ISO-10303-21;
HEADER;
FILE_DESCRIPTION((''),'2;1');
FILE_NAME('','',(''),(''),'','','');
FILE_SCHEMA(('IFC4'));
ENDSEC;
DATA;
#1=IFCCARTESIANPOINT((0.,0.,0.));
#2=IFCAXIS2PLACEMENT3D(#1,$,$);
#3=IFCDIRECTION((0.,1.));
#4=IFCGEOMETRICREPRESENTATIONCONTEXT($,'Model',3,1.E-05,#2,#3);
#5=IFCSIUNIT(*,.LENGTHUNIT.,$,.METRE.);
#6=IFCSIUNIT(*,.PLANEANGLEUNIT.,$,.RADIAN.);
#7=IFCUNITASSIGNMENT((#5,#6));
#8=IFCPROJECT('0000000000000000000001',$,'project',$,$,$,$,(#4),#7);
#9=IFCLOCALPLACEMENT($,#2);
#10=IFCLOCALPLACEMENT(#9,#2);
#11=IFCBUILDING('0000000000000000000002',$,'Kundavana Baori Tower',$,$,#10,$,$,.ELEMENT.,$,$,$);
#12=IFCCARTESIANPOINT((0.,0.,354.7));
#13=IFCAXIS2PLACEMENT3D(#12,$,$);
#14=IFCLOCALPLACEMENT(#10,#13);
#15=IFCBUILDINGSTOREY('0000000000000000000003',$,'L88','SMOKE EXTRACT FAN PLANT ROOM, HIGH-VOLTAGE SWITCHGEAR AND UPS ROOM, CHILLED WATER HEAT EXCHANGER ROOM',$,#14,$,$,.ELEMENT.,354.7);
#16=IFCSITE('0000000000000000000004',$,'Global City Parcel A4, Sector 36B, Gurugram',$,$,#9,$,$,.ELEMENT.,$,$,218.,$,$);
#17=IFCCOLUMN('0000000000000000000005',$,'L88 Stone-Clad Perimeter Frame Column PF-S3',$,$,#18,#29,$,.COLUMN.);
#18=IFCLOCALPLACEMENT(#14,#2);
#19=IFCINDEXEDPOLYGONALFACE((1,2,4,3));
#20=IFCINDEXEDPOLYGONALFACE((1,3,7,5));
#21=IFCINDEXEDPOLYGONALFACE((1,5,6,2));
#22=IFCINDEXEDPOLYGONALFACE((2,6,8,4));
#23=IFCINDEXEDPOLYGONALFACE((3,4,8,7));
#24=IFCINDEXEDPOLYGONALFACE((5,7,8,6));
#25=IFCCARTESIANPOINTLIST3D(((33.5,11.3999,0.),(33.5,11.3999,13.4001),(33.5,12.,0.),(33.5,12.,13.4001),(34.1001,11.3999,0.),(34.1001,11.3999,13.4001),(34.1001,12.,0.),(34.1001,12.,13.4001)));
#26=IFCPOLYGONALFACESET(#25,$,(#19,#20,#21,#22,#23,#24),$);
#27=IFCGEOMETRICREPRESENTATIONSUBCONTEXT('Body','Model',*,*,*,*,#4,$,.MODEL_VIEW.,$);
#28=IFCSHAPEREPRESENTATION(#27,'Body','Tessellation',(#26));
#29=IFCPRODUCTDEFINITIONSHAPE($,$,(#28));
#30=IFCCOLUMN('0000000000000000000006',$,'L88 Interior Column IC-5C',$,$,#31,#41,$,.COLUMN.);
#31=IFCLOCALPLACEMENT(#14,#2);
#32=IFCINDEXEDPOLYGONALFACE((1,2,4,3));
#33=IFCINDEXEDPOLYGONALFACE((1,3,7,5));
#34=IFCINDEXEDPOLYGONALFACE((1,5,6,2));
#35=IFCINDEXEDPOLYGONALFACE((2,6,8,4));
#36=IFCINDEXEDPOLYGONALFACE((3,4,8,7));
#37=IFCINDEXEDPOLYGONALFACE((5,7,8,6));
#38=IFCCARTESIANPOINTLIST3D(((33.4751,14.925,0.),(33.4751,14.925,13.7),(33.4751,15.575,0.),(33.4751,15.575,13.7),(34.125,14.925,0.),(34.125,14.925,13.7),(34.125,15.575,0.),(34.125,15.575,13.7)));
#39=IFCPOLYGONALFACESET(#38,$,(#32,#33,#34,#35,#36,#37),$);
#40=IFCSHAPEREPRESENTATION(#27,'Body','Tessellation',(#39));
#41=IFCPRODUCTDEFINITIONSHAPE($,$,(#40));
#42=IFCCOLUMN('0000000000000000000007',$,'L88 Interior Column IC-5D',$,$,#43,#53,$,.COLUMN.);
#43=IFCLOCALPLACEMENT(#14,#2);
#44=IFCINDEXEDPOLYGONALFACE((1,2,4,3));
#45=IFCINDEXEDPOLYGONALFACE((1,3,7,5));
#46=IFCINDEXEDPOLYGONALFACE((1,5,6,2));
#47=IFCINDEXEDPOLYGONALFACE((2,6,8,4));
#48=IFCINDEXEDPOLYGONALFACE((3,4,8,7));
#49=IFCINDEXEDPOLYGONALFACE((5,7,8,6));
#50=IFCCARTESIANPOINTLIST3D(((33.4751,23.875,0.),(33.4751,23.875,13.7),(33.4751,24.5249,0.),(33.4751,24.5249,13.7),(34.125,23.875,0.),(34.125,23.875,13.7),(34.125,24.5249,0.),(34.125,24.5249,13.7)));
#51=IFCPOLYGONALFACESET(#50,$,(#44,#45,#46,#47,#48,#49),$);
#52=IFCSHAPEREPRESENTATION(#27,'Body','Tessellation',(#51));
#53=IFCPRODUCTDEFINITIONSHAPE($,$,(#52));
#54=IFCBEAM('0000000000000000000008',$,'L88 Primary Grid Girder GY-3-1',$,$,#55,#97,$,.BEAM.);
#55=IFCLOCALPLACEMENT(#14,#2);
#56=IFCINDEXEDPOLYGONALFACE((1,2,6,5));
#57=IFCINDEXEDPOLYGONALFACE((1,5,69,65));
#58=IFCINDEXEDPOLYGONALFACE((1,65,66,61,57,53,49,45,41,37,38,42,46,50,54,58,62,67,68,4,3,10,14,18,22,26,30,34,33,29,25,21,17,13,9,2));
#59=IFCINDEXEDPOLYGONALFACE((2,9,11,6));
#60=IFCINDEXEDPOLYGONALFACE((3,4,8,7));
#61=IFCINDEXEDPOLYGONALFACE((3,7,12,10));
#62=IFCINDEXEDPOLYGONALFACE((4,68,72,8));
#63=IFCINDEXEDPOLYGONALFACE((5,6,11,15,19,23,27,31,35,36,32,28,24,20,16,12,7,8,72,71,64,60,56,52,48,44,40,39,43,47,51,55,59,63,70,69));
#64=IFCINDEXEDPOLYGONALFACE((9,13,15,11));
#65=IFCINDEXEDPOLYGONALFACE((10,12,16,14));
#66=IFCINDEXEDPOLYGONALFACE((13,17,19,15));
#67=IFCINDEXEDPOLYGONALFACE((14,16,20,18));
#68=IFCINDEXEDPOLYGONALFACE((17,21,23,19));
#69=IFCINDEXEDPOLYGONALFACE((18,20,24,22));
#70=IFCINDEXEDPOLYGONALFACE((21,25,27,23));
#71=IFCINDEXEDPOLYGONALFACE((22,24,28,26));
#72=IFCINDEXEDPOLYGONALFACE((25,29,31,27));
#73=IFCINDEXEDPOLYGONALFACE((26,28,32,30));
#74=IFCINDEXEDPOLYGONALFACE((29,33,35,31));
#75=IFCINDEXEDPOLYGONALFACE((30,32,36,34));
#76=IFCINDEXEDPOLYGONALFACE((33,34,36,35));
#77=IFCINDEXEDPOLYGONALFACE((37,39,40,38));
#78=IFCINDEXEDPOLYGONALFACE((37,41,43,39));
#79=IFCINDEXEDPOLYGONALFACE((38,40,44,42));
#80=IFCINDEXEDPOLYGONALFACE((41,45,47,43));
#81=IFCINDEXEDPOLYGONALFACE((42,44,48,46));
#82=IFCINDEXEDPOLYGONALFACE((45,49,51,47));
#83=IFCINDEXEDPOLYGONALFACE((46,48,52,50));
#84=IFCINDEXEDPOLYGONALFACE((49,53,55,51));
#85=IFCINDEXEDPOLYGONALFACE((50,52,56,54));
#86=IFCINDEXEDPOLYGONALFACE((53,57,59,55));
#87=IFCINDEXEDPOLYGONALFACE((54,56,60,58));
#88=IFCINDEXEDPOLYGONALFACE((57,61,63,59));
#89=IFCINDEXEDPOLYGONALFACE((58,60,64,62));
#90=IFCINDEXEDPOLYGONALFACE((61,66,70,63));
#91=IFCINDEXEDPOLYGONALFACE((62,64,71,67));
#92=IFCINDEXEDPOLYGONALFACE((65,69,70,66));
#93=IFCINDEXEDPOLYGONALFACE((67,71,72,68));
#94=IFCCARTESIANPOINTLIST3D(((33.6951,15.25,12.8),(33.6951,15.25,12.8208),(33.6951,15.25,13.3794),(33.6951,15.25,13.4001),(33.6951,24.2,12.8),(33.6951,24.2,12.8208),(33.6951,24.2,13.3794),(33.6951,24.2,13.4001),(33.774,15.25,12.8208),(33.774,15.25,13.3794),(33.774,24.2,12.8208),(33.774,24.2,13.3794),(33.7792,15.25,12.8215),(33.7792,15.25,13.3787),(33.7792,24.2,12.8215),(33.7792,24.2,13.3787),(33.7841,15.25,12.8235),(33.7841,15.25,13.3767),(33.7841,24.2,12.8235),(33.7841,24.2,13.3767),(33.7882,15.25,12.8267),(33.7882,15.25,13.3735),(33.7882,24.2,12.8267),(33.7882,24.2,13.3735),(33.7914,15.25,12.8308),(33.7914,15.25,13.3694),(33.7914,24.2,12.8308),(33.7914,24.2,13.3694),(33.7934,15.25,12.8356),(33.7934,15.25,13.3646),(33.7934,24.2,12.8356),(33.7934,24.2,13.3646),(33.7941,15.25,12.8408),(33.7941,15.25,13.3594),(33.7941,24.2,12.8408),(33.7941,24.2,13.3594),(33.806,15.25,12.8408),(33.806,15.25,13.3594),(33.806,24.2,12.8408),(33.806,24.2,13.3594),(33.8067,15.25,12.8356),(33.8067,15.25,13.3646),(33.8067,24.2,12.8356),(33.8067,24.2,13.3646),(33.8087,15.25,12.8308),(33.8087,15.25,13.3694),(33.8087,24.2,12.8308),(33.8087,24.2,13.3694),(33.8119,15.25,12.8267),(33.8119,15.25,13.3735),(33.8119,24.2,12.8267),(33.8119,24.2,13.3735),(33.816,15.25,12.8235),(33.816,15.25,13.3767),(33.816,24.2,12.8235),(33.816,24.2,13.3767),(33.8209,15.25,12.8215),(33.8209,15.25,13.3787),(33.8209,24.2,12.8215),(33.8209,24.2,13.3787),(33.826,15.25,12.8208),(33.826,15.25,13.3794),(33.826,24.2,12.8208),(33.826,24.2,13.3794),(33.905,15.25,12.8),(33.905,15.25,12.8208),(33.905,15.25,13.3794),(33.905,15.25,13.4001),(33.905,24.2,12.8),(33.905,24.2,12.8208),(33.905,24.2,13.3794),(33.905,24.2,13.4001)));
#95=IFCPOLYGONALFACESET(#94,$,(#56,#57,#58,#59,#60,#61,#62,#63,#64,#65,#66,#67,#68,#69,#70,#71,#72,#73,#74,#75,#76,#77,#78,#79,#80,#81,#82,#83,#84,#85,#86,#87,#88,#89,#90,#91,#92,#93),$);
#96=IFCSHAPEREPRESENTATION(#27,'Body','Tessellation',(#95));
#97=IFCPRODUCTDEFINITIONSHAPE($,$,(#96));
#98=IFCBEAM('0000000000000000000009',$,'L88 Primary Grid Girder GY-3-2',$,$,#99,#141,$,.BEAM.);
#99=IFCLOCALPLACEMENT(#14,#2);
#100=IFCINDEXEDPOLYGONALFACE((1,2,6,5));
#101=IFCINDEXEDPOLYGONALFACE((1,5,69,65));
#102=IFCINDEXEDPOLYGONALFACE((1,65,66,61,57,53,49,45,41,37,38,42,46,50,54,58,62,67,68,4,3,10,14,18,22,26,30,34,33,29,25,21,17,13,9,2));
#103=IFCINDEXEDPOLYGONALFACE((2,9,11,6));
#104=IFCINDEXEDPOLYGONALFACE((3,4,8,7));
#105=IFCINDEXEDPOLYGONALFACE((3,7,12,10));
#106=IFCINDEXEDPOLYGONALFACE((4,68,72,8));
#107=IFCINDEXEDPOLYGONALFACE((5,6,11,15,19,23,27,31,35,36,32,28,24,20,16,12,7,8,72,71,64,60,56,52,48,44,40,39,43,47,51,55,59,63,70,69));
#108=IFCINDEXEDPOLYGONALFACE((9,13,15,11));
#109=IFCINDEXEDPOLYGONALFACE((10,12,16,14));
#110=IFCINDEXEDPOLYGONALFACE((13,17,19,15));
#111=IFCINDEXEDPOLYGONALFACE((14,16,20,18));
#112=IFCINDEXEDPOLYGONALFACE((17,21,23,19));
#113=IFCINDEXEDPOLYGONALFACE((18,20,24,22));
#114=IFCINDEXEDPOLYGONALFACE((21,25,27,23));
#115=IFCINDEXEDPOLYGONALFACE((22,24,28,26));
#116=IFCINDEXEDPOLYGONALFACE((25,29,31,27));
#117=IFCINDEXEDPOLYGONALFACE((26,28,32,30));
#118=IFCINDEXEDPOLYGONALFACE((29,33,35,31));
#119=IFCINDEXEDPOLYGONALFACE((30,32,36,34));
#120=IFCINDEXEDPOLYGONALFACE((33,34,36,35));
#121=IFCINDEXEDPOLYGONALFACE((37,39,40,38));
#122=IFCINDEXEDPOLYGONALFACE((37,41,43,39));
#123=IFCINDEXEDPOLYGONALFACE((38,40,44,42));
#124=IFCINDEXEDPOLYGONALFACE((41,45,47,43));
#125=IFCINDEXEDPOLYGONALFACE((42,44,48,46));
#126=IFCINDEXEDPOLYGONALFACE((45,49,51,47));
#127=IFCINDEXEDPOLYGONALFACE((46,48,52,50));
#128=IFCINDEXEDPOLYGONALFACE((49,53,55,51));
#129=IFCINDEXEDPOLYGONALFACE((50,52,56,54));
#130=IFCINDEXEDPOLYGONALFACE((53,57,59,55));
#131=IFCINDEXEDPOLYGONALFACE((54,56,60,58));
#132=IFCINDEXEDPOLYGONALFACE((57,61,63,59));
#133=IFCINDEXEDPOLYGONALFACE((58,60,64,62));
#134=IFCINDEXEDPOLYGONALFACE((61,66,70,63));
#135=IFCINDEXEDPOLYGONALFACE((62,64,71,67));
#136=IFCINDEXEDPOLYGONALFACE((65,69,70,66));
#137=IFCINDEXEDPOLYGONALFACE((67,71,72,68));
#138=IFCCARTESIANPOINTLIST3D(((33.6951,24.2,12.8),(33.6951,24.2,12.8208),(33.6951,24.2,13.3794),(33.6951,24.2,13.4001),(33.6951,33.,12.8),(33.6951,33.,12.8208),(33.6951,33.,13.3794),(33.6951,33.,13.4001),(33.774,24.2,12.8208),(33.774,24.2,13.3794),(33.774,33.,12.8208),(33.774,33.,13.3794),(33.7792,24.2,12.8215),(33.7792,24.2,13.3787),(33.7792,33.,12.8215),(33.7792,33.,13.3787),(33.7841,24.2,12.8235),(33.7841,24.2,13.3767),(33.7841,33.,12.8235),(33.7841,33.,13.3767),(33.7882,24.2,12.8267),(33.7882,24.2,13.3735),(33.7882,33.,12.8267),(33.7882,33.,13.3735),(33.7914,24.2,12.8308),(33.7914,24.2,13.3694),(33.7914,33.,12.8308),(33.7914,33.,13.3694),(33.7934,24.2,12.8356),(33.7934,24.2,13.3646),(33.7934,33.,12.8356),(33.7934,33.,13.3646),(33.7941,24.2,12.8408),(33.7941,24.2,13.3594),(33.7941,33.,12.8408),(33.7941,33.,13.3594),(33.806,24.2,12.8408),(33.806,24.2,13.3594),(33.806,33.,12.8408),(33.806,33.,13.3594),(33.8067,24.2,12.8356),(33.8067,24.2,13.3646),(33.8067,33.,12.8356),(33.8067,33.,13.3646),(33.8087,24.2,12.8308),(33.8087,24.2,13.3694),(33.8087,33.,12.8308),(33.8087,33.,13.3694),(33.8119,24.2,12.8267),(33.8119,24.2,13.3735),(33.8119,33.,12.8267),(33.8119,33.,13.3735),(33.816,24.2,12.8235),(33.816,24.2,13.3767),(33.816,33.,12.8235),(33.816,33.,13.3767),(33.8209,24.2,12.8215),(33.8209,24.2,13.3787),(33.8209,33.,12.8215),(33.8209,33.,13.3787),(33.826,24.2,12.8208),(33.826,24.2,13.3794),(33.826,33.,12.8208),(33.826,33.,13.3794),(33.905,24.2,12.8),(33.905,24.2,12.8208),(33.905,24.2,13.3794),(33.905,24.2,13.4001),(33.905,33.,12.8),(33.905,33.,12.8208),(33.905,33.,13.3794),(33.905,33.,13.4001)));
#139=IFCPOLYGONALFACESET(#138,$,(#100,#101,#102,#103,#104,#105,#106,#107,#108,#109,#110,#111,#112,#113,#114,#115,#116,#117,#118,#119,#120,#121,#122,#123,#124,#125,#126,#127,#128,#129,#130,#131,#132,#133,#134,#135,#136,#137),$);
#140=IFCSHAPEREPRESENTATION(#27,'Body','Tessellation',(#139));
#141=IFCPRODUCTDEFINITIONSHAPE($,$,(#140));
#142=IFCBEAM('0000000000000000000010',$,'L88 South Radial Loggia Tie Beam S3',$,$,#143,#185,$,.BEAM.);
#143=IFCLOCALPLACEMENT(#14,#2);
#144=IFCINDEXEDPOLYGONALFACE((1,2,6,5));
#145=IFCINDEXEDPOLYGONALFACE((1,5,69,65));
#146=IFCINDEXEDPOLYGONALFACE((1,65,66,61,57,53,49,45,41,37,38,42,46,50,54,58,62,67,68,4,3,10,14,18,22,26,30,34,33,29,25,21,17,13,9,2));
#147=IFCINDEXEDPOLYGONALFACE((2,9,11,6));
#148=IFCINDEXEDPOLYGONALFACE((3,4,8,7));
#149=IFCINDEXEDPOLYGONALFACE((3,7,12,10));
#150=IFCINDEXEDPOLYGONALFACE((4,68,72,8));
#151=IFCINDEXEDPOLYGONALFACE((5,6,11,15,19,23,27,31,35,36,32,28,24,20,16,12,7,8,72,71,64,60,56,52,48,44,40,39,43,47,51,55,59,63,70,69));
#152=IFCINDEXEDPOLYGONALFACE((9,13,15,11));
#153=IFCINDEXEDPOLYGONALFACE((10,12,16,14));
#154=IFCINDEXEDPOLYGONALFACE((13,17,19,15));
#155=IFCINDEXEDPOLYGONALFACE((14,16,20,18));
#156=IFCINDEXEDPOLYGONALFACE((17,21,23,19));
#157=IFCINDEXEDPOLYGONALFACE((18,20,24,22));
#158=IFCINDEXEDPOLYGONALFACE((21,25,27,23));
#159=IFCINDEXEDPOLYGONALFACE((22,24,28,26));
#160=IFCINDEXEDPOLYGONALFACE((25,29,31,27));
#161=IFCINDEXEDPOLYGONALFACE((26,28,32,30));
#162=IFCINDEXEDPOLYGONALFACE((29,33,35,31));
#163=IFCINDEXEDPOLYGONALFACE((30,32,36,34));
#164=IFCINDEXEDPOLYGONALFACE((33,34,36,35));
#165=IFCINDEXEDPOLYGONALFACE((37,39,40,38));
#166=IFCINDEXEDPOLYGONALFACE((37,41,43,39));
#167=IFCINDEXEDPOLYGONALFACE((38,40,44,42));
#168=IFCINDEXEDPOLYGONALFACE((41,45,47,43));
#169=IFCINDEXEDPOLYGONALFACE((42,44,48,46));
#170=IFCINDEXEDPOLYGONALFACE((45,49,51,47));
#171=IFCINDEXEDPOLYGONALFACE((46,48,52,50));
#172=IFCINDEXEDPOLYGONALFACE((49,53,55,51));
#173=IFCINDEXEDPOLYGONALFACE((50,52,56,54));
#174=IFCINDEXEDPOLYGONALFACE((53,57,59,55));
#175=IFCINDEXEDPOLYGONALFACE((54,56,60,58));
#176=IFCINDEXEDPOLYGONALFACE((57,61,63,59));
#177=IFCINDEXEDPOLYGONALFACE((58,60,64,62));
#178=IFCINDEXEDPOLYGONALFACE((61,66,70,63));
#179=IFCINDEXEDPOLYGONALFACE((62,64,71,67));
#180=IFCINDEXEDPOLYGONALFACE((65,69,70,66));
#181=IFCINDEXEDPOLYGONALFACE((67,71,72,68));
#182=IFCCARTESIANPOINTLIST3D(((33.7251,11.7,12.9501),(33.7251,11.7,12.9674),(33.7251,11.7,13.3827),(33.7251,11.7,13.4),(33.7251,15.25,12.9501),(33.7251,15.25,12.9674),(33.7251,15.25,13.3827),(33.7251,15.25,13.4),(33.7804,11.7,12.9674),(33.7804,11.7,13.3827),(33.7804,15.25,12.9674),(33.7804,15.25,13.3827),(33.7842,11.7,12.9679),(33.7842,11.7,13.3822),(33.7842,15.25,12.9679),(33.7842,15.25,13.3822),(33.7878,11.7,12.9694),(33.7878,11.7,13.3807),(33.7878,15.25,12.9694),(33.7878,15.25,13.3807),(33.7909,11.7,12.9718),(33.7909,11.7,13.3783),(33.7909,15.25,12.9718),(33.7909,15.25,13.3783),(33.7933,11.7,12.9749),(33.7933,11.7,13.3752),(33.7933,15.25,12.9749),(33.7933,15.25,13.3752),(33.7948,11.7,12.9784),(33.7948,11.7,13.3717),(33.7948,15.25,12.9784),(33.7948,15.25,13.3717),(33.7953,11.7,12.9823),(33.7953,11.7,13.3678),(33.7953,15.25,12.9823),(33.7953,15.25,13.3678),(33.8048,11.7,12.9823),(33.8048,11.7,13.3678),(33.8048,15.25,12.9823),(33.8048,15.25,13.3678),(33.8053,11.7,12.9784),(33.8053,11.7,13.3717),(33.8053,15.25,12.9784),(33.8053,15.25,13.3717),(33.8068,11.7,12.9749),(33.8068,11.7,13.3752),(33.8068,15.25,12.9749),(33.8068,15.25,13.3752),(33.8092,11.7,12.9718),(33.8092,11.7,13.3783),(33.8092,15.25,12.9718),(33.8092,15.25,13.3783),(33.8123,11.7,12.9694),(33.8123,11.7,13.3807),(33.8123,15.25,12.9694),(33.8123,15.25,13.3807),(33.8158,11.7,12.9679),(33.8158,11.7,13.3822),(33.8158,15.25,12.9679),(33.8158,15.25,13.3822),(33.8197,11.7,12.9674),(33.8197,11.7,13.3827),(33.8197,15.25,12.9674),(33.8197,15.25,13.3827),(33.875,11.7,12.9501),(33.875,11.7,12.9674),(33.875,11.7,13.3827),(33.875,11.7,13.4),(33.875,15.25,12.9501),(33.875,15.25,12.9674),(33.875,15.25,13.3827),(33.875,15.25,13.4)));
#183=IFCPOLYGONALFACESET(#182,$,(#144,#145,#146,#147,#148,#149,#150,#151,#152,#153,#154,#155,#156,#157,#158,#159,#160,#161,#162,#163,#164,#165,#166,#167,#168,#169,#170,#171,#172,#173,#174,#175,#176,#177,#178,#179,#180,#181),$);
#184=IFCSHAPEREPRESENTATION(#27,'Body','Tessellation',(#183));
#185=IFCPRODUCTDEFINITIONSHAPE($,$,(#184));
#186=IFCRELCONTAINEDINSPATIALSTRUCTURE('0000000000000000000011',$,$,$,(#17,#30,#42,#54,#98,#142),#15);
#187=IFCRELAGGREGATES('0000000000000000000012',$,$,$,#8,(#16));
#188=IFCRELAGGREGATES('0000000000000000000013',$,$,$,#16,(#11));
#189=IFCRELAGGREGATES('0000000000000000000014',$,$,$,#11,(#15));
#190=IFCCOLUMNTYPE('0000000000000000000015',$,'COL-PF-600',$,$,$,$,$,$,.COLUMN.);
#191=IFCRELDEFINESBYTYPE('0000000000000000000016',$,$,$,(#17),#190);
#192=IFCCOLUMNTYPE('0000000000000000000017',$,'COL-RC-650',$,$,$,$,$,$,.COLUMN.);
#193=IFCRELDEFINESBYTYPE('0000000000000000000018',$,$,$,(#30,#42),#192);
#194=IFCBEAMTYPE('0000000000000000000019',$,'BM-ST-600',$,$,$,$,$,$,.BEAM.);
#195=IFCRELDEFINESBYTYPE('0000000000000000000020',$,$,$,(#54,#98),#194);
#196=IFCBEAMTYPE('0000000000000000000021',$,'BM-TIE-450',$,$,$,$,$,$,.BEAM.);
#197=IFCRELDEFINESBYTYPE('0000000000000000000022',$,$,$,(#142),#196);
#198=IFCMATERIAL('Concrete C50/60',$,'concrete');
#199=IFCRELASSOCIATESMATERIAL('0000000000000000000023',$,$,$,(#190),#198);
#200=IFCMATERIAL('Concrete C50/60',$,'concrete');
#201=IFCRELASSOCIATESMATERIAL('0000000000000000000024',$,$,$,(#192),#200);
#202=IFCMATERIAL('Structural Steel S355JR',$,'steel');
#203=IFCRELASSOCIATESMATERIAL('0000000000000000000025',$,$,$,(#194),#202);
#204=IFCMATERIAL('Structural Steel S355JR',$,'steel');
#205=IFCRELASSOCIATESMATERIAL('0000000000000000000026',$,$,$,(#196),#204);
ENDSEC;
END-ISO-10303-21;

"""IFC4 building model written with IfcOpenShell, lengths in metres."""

from ifc_helpers import new_model, si_unit, direction, frame, origin, origin_2d, place, context, subcontext, project, spatial, rectangle, i_section, extrude, material, material_profile, profile_set, type_object, element, save


model = new_model("IFC4")

# Units and contexts
model_context = context("Model", 3, precision=1e-05, world=origin(), true_north=direction((0.0, 1.0)))
body_context = subcontext(model_context, "Body", "Model", "MODEL_VIEW")
ifc_project = project(units=[si_unit("LENGTHUNIT", "METRE"), si_unit("PLANEANGLEUNIT", "RADIAN")], contexts=[model_context])

# Site, building, storey
site_placement = place(None, origin())
site = spatial("IfcSite", under=ifc_project, at=site_placement, Name="Global City Parcel A4, Sector 36B, Gurugram", CompositionType="ELEMENT", RefElevation=218.0)
building_placement = place(site_placement, origin())
building = spatial("IfcBuilding", under=site, at=building_placement, Name="Kundavana Baori Tower", CompositionType="ELEMENT")
storey_placement = place(building_placement, frame((0.0, 0.0, 354.7)))
storey = spatial("IfcBuildingStorey", under=building, at=storey_placement, Name="L88", Description="SMOKE EXTRACT FAN PLANT ROOM, HIGH-VOLTAGE SWITCHGEAR AND UPS ROOM, CHILLED WATER HEAT EXCHANGER ROOM", CompositionType="ELEMENT", Elevation=354.7)

# Columns
ifc_material_1 = material(Name="Concrete C50/60", Category="concrete")
ifc_material_profile_1 = material_profile(ifc_material_1, rectangle(XDim=0.6001, YDim=0.6001, at=origin_2d()), Name="RC PF 600x600")
ifc_profile_set_1 = profile_set([ifc_material_profile_1], Name="Concrete C50/60")
column_type_1 = type_object("IfcColumnType", Name="COL-PF-600", PredefinedType="COLUMN", material=ifc_profile_set_1)
column_placement = place(storey_placement, frame((33.8, 11.7, 0.0), z_axis=(0.0, 0.0, 1.0), x_axis=(1.0, 0.0, 0.0)))
element("IfcColumn", 1, at=column_placement, inside=storey, type_object=column_type_1, Name="L88 Stone-Clad Perimeter Frame Column PF-S3", PredefinedType="COLUMN", context=body_context, shape_type="SweptSolid", body=[
    extrude(rectangle(XDim=0.6001, YDim=0.6001, at=origin_2d()), origin(), (0.0, 0.0, 1.0), 13.4001),
])
ifc_material_2 = material(Name="Concrete C50/60", Category="concrete")
ifc_material_profile_2 = material_profile(ifc_material_2, rectangle(XDim=0.6499, YDim=0.6499, at=origin_2d()), Name="RC 650x650")
ifc_profile_set_2 = profile_set([ifc_material_profile_2], Name="Concrete C50/60")
column_type_2 = type_object("IfcColumnType", Name="COL-RC-650", PredefinedType="COLUMN", material=ifc_profile_set_2)
for number, where, z_axis, x_axis, name in (
    (2, (33.8, 15.25, 0.0), (0.0, 0.0, 1.0), (1.0, 0.0, 0.0), "L88 Interior Column IC-5C"),
    (3, (33.8, 24.2, 0.0), (0.0, 0.0, 1.0), (1.0, 0.0, 0.0), "L88 Interior Column IC-5D"),
):
    element("IfcColumn", number, at=place(storey_placement, frame(where, z_axis=z_axis, x_axis=x_axis)), inside=storey, type_object=column_type_2, Name=name, PredefinedType="COLUMN", context=body_context, shape_type="SweptSolid", body=[
        extrude(rectangle(XDim=0.6499, YDim=0.6499, at=origin_2d()), origin(), (0.0, 0.0, 1.0), 13.7),
    ])

# Beams
ifc_material_3 = material(Name="Structural Steel S355JR", Category="steel")
ifc_material_profile_3 = material_profile(ifc_material_3, i_section(OverallWidth=0.21, OverallDepth=0.6001, WebThickness=0.012, FlangeThickness=0.0208, FilletRadius=0.02, at=origin_2d()), Name="ISMB 600")
ifc_profile_set_3 = profile_set([ifc_material_profile_3], Name="Structural Steel S355JR")
beam_type_1 = type_object("IfcBeamType", Name="BM-ST-600", PredefinedType="BEAM", material=ifc_profile_set_3)
beam_1_placement = place(storey_placement, frame((33.8, 15.25, 13.1001), z_axis=(0.0, 1.0, 0.0), x_axis=(-1.0, 0.0, 0.0)))
element("IfcBeam", 4, at=beam_1_placement, inside=storey, type_object=beam_type_1, Name="L88 Primary Grid Girder GY-3-1", PredefinedType="BEAM", context=body_context, shape_type="SweptSolid", body=[
    extrude(i_section(OverallWidth=0.21, OverallDepth=0.6001, WebThickness=0.012, FlangeThickness=0.0208, FilletRadius=0.02, at=origin_2d()), origin(), (0.0, 0.0, 1.0), 8.95),
])
beam_2_placement = place(storey_placement, frame((33.8, 24.2, 13.1001), z_axis=(0.0, 1.0, 0.0), x_axis=(-1.0, 0.0, 0.0)))
element("IfcBeam", 5, at=beam_2_placement, inside=storey, type_object=beam_type_1, Name="L88 Primary Grid Girder GY-3-2", PredefinedType="BEAM", context=body_context, shape_type="SweptSolid", body=[
    extrude(i_section(OverallWidth=0.21, OverallDepth=0.6001, WebThickness=0.012, FlangeThickness=0.0208, FilletRadius=0.02, at=origin_2d()), origin(), (0.0, 0.0, 1.0), 8.8),
])
ifc_material_4 = material(Name="Structural Steel S355JR", Category="steel")
ifc_material_profile_4 = material_profile(ifc_material_4, i_section(OverallWidth=0.1499, OverallDepth=0.45, WebThickness=0.0095, FlangeThickness=0.0173, FilletRadius=0.0149, at=origin_2d()), Name="ISMB 450")
ifc_profile_set_4 = profile_set([ifc_material_profile_4], Name="Structural Steel S355JR")
beam_type_2 = type_object("IfcBeamType", Name="BM-TIE-450", PredefinedType="BEAM", material=ifc_profile_set_4)
beam_3_placement = place(storey_placement, frame((33.8, 15.25, 13.175), z_axis=(0.0, -1.0, 0.0), x_axis=(1.0, 0.0, 0.0)))
element("IfcBeam", 6, at=beam_3_placement, inside=storey, type_object=beam_type_2, Name="L88 South Radial Loggia Tie Beam S3", PredefinedType="BEAM", context=body_context, shape_type="SweptSolid", body=[
    extrude(i_section(OverallWidth=0.1499, OverallDepth=0.45, WebThickness=0.0095, FlangeThickness=0.0173, FilletRadius=0.0149, at=origin_2d()), origin(), (0.0, 0.0, 1.0), 3.55),
])

save(model, "model.ifc")
